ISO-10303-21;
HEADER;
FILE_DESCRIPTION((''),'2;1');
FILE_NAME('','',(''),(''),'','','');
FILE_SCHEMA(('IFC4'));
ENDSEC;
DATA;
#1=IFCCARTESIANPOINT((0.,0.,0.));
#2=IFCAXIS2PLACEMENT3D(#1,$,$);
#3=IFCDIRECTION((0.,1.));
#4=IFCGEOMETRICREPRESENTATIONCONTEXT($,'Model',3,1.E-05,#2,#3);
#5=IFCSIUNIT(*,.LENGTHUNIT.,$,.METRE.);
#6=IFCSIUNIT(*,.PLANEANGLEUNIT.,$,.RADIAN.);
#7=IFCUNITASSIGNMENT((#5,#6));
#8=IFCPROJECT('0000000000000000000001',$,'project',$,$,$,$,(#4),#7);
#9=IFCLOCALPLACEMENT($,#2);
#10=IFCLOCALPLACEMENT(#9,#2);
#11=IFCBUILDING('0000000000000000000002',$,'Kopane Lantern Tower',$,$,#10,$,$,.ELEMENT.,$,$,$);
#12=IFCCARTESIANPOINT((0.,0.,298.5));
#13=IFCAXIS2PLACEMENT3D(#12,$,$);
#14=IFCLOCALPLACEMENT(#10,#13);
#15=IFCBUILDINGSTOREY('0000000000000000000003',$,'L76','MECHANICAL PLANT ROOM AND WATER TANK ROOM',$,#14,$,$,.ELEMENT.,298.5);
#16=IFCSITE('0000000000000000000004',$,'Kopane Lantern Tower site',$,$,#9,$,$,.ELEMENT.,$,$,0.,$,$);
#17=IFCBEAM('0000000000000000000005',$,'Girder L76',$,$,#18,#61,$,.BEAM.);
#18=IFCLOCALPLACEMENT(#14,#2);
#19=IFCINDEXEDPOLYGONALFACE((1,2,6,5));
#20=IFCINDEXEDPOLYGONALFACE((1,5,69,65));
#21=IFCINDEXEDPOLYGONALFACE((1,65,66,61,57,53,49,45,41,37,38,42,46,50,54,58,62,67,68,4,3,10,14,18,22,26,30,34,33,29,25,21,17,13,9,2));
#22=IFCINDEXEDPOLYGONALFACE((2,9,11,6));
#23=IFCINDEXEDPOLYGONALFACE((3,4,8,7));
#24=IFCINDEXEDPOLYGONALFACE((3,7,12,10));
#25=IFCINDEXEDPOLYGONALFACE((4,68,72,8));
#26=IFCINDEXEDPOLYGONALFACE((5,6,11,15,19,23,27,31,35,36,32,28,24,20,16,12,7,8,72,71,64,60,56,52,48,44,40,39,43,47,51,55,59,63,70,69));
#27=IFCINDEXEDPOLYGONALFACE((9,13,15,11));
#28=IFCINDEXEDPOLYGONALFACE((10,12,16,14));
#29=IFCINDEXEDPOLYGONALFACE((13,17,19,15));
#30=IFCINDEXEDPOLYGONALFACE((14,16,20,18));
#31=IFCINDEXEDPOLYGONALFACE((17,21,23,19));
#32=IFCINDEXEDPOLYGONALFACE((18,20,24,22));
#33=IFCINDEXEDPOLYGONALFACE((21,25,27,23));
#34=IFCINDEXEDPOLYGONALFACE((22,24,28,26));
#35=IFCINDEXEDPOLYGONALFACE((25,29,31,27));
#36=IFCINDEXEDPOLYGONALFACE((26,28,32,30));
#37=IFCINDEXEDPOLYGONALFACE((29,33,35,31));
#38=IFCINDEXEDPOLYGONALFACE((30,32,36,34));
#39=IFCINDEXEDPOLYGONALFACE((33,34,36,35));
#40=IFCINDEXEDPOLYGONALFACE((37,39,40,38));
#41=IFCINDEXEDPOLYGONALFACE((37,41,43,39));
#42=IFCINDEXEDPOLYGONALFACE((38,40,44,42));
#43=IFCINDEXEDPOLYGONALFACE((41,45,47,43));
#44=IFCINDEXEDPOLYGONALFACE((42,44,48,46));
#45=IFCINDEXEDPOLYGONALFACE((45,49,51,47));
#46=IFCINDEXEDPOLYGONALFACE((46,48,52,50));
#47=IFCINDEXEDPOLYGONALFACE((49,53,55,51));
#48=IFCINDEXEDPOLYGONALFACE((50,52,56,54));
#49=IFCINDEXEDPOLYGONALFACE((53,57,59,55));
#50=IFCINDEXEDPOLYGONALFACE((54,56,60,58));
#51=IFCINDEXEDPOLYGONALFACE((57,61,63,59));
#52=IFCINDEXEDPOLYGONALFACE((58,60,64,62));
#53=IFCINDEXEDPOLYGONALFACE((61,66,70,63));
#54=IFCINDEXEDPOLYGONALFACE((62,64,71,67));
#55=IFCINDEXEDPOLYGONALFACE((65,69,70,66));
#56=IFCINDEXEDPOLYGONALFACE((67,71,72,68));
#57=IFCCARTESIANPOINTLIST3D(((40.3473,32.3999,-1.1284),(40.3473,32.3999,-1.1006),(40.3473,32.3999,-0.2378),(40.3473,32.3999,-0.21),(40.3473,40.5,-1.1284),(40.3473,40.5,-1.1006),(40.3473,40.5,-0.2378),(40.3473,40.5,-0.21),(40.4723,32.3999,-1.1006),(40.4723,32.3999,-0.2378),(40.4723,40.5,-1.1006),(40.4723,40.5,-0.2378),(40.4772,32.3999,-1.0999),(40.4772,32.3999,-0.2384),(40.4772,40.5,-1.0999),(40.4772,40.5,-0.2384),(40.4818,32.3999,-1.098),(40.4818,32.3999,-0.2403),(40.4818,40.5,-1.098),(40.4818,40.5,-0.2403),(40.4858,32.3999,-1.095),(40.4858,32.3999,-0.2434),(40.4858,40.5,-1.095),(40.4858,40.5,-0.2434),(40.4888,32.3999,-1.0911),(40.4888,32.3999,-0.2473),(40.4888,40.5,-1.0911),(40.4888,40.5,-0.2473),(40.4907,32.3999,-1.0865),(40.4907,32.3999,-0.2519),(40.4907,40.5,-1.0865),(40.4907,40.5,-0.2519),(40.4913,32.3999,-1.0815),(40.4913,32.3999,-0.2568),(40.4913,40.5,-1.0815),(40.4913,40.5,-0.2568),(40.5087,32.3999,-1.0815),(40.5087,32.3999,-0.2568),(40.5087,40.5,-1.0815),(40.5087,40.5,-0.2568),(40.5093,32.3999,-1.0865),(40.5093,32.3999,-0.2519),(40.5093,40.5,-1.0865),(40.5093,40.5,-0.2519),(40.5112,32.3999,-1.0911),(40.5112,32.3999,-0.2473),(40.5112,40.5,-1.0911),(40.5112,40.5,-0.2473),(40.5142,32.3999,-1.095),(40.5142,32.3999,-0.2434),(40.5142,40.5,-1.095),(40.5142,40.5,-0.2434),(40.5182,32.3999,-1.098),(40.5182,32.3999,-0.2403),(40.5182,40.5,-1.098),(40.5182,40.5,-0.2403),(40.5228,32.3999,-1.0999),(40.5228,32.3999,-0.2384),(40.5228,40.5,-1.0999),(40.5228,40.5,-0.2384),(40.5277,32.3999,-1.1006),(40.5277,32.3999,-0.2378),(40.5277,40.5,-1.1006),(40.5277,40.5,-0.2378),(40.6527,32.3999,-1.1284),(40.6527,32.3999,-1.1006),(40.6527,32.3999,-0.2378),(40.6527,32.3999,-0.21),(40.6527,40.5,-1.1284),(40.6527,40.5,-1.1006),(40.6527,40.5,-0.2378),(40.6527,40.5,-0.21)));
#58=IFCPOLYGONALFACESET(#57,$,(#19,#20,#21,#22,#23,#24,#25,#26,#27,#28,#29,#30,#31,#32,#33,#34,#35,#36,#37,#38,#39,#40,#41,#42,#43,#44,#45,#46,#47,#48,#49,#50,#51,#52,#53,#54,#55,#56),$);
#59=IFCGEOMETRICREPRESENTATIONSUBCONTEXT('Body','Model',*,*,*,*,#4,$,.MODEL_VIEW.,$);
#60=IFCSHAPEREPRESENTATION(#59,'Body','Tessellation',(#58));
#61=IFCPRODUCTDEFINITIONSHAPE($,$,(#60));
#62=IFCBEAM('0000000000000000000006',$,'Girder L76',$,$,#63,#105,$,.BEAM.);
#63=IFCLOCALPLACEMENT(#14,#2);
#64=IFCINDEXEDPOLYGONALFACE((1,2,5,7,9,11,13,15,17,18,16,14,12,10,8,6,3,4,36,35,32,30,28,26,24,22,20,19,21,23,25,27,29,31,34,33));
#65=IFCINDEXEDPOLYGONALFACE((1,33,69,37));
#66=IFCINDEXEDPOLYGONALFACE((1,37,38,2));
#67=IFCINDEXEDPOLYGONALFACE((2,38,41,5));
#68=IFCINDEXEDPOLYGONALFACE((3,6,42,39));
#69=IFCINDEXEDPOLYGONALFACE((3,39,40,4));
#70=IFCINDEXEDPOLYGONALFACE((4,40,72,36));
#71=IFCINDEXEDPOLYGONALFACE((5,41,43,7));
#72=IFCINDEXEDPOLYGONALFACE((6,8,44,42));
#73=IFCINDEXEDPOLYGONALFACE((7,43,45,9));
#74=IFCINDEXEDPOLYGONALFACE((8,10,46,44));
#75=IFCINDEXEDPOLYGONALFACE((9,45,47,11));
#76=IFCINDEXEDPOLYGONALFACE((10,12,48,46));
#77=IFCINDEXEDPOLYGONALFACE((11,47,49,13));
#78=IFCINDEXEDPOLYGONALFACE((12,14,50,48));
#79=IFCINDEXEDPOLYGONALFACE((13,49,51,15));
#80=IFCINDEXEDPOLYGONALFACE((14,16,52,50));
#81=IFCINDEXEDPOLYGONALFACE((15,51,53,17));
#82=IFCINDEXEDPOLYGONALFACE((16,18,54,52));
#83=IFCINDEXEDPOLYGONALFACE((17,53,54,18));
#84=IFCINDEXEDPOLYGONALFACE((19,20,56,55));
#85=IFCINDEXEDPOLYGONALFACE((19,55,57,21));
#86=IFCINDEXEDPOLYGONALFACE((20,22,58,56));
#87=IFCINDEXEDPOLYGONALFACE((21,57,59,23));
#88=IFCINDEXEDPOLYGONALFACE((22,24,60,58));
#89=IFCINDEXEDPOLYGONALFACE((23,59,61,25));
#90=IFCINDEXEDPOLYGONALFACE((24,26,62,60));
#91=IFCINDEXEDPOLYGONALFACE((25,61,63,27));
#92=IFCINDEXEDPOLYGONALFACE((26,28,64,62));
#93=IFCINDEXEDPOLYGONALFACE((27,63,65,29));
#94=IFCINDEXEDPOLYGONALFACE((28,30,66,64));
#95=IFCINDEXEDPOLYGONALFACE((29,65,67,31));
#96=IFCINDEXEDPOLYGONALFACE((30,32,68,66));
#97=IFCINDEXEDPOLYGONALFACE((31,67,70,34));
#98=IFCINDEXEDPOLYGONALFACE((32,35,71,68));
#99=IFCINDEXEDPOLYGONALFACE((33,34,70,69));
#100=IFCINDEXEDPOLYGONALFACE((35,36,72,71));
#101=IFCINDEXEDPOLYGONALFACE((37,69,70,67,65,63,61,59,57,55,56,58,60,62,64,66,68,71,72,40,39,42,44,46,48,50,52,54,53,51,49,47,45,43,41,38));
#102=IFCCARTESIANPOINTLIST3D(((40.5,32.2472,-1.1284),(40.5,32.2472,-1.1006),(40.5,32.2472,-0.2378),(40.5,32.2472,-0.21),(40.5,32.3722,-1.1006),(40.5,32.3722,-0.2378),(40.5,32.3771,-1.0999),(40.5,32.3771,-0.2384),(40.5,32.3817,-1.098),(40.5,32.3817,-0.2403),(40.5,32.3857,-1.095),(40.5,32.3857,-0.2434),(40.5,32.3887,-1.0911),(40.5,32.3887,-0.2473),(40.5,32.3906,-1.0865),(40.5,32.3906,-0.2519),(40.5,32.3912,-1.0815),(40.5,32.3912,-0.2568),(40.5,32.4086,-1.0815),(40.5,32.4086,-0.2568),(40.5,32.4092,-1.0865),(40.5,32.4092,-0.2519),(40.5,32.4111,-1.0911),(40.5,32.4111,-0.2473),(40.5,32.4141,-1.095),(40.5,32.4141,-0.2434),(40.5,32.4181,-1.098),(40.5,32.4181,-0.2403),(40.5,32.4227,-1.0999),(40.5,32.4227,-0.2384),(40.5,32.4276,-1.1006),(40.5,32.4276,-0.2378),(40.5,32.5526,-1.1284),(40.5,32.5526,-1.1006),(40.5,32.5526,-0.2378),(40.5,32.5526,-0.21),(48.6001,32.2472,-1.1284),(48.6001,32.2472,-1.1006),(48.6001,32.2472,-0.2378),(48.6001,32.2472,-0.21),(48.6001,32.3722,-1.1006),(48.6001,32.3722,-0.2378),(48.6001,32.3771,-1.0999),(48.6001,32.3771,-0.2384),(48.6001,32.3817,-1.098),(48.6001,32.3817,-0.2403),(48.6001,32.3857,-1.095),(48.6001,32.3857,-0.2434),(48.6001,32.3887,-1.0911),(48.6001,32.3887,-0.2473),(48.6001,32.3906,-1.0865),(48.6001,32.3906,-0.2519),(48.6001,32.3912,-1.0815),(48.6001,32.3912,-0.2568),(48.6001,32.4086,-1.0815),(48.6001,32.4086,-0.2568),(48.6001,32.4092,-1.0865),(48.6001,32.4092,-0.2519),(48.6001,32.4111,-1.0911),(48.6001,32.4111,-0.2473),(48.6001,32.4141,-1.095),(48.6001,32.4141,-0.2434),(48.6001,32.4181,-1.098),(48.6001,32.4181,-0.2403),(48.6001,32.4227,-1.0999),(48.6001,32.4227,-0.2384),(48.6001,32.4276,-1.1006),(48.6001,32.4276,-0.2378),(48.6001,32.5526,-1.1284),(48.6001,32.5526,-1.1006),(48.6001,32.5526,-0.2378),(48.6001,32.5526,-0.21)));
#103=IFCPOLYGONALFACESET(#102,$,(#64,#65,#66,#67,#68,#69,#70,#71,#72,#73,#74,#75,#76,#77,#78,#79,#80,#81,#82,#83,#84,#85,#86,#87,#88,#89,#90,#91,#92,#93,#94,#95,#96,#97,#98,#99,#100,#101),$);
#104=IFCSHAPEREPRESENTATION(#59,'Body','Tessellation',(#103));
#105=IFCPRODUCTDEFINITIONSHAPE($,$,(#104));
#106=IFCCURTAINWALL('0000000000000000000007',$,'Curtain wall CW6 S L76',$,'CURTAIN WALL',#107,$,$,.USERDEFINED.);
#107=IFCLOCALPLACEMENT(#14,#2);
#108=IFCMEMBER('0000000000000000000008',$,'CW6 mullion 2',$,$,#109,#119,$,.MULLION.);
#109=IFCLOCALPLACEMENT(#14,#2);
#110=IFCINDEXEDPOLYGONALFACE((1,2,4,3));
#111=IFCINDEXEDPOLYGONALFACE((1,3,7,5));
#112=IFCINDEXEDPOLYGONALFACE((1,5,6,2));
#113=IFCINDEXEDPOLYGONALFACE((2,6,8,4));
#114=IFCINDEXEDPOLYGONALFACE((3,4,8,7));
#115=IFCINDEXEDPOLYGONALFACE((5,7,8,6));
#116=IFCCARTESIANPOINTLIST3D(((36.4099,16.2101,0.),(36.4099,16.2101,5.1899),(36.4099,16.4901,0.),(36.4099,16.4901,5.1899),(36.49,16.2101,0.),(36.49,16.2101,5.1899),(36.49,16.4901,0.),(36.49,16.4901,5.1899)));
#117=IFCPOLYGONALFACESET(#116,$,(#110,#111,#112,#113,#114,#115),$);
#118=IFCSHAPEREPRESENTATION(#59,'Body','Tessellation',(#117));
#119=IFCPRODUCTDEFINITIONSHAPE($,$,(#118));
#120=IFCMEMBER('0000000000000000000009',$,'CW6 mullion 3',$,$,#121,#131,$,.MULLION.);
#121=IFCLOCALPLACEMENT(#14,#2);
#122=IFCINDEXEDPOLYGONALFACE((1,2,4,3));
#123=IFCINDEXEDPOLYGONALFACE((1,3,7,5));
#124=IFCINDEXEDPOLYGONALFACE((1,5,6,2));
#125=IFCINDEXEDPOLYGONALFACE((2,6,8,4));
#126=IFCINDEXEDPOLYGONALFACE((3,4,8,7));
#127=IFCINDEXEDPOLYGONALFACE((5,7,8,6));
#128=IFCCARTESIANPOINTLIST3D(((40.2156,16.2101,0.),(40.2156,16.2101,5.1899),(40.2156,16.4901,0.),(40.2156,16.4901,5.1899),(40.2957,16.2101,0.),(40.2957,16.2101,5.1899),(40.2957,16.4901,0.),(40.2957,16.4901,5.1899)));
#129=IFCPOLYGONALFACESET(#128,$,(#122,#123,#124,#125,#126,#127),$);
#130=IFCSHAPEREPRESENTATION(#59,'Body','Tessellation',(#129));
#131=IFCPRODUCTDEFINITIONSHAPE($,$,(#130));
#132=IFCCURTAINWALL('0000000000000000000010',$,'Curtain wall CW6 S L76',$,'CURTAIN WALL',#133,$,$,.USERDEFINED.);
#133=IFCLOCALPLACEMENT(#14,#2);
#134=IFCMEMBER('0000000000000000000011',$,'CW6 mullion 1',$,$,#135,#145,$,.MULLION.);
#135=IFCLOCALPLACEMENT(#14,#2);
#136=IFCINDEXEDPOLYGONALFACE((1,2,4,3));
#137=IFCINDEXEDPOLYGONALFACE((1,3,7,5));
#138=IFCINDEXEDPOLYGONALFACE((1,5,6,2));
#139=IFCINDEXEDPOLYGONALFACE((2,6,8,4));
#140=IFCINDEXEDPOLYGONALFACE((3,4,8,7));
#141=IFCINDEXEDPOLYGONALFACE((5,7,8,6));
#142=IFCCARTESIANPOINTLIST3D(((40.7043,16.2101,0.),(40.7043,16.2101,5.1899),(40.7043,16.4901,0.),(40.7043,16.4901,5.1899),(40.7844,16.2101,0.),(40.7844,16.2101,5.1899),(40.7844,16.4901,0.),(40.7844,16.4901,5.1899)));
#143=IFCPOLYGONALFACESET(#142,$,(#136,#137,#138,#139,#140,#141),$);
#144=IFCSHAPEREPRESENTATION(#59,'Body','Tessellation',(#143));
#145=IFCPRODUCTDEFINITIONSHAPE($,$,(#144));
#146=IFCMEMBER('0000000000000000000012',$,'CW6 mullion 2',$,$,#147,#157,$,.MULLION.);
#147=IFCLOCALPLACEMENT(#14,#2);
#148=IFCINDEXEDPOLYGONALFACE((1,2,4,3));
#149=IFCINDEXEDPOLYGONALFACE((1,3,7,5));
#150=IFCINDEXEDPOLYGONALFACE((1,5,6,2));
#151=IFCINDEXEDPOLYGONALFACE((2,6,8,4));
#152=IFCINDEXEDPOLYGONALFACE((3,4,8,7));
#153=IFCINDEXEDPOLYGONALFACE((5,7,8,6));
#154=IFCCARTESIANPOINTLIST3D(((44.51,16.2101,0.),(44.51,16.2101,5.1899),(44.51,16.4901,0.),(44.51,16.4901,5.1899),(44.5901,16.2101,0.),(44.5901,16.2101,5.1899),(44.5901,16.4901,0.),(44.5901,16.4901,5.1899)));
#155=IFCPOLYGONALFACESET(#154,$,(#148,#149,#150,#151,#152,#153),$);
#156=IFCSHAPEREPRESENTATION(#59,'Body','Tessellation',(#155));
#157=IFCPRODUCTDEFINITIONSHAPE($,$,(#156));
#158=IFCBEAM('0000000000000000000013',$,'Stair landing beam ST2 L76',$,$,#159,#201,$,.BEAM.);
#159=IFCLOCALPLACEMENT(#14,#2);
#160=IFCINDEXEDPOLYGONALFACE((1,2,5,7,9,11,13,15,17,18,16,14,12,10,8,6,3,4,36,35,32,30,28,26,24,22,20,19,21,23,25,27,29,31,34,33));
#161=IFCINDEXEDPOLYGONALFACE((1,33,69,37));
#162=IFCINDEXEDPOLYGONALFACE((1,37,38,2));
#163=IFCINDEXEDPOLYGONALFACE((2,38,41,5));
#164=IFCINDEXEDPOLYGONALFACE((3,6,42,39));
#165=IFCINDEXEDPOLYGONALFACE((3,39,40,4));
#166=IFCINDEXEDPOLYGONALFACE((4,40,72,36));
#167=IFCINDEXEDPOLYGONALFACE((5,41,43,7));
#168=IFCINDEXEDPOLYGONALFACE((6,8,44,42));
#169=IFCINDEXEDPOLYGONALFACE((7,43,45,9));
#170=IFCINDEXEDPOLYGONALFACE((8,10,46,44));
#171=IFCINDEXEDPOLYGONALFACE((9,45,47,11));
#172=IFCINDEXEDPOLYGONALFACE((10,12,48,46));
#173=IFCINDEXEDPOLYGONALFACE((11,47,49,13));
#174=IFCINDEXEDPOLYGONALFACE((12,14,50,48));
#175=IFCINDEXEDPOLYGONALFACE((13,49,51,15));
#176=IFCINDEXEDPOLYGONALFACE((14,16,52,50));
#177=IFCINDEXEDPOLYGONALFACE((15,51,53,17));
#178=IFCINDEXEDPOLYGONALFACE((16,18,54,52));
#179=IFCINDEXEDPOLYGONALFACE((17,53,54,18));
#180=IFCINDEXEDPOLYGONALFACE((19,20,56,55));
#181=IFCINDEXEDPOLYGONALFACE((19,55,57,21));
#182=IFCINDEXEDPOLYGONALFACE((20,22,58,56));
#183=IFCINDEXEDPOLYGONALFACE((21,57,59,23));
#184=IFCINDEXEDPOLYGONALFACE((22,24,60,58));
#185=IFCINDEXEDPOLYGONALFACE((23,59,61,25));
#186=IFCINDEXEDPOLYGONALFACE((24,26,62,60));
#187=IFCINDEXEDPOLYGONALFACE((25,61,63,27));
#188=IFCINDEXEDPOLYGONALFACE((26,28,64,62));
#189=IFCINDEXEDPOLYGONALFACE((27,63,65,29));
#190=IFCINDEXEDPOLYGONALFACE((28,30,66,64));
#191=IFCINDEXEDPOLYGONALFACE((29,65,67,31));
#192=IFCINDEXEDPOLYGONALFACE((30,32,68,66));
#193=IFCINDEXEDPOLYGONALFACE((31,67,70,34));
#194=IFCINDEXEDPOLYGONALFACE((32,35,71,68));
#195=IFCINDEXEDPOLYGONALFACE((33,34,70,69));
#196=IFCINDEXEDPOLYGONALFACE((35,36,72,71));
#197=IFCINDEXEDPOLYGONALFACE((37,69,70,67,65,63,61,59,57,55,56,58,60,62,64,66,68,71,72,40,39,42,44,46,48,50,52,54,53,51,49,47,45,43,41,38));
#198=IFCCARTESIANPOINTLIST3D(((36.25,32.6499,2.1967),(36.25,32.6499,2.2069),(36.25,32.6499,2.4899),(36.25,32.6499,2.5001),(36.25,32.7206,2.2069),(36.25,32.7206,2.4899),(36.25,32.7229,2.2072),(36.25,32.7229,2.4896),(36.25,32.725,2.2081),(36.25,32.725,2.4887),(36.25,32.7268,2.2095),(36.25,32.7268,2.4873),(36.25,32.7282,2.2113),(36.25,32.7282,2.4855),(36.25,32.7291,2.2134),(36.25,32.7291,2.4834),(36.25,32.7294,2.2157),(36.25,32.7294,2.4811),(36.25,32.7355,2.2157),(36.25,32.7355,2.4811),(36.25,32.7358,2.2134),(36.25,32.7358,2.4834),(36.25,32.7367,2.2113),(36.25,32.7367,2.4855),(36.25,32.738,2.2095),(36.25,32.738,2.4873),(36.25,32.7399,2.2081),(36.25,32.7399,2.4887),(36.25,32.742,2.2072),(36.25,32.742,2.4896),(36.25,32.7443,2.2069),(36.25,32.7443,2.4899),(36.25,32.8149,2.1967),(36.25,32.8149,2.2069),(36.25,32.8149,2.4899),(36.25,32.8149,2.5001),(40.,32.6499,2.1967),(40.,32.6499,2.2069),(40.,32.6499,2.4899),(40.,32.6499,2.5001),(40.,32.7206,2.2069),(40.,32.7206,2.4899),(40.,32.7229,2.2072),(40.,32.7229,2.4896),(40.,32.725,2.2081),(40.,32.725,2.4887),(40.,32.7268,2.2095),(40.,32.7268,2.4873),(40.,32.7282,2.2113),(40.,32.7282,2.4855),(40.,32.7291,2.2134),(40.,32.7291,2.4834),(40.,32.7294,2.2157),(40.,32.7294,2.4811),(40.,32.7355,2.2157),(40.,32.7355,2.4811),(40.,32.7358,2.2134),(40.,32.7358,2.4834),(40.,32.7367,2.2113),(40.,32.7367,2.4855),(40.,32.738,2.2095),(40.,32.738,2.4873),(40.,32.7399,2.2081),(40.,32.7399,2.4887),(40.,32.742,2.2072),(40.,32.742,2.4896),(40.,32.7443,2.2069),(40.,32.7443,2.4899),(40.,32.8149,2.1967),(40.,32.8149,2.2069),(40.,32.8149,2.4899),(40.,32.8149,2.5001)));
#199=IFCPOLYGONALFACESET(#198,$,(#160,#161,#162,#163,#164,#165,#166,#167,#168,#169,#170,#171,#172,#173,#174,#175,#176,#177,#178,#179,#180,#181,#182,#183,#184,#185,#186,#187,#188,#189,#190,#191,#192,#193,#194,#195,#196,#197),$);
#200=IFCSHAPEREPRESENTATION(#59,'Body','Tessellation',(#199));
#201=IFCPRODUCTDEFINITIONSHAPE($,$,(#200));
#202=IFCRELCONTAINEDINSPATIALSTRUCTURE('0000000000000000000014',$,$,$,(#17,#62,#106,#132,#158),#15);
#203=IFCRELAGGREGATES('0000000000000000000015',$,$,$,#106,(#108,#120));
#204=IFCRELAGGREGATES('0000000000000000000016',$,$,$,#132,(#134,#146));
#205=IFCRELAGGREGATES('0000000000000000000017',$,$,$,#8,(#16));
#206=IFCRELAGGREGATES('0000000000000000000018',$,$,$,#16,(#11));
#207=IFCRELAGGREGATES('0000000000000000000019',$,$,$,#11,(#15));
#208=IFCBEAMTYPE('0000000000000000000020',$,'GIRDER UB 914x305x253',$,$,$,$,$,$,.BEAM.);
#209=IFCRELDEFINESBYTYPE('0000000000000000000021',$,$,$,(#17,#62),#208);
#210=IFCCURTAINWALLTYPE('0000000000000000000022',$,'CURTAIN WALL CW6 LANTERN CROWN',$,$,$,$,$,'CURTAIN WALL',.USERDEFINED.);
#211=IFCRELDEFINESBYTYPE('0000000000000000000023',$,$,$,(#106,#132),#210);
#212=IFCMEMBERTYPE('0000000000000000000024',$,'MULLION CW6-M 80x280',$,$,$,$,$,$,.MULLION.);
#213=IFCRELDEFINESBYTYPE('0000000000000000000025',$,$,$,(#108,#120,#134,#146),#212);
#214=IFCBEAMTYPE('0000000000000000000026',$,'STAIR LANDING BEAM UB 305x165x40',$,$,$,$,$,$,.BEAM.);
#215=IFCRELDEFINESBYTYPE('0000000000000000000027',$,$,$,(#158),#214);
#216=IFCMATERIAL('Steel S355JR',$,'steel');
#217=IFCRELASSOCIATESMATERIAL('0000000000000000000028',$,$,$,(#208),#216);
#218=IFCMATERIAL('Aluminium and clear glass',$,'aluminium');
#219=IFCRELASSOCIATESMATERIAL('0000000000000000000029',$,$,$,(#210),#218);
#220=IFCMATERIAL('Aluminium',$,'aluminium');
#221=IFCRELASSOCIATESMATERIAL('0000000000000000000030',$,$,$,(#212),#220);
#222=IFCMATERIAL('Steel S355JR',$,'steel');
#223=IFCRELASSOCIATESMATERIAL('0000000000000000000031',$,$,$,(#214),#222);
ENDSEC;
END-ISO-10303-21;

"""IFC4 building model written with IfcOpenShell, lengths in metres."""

from ifc_helpers import new_model, si_unit, direction, frame, origin, origin_2d, place, context, subcontext, project, spatial, rectangle, i_section, extrude, material, material_profile, profile_set, type_object, element, aggregate, save


model = new_model("IFC4")

# Units and contexts
model_context = context("Model", 3, precision=1e-05, world=origin(), true_north=direction((0.0, 1.0)))
body_context = subcontext(model_context, "Body", "Model", "MODEL_VIEW")
ifc_project = project(units=[si_unit("LENGTHUNIT", "METRE"), si_unit("PLANEANGLEUNIT", "RADIAN")], contexts=[model_context])

# Site, building, storey
site_placement = place(None, origin())
site = spatial("IfcSite", under=ifc_project, at=site_placement, Name="Kopane Lantern Tower site", CompositionType="ELEMENT", RefElevation=0.0)
building_placement = place(site_placement, origin())
building = spatial("IfcBuilding", under=site, at=building_placement, Name="Kopane Lantern Tower", CompositionType="ELEMENT")
storey_placement = place(building_placement, frame((0.0, 0.0, 298.5)))
storey = spatial("IfcBuildingStorey", under=building, at=storey_placement, Name="L76", Description="MECHANICAL PLANT ROOM AND WATER TANK ROOM", CompositionType="ELEMENT", Elevation=298.5)

# Beams
ifc_material_1 = material(Name="Steel S355JR", Category="steel")
ifc_material_profile_1 = material_profile(ifc_material_1, i_section(OverallWidth=0.3054, OverallDepth=0.9185, WebThickness=0.0173, FlangeThickness=0.0278, FilletRadius=0.019, at=origin_2d()), Name="UB 914x305x253")
ifc_profile_set_1 = profile_set([ifc_material_profile_1], Name="Steel S355JR")
beam_type_1 = type_object("IfcBeamType", Name="GIRDER UB 914x305x253", PredefinedType="BEAM", material=ifc_profile_set_1)
for number, where, z_axis, x_axis, name in (
    (1, (40.5, 32.3999, -0.6692), (0.0, 1.0, 0.0), (-1.0, 0.0, 0.0), "Girder L76"),
    (2, (40.5, 32.3999, -0.6692), (1.0, 0.0, 0.0), (0.0, 1.0, 0.0), "Girder L76"),
):
    element("IfcBeam", number, at=place(storey_placement, frame(where, z_axis=z_axis, x_axis=x_axis)), inside=storey, type_object=beam_type_1, Name=name, PredefinedType="BEAM", context=body_context, shape_type="SweptSolid", body=[
        extrude(i_section(OverallWidth=0.3054, OverallDepth=0.9185, WebThickness=0.0173, FlangeThickness=0.0278, FilletRadius=0.019, at=origin_2d()), origin(), (0.0, 0.0, 1.0), 8.1001),
    ])

# Curtain walls, members
ifc_material_2 = material(Name="Aluminium and clear glass", Category="aluminium")
curtain_wall_type = type_object("IfcCurtainWallType", Name="CURTAIN WALL CW6 LANTERN CROWN", ElementType="CURTAIN WALL", PredefinedType="USERDEFINED", material=ifc_material_2)
curtain_wall_1_placement = place(storey_placement, origin())
curtain_wall_1 = element("IfcCurtainWall", 3, at=curtain_wall_1_placement, inside=storey, type_object=curtain_wall_type, Name="Curtain wall CW6 S L76", ObjectType="CURTAIN WALL", PredefinedType="USERDEFINED")
ifc_material_3 = material(Name="Aluminium", Category="aluminium")
ifc_material_profile_2 = material_profile(ifc_material_3, rectangle(XDim=0.0801, YDim=0.28, at=origin_2d()), Name="AL 80x280")
ifc_profile_set_2 = profile_set([ifc_material_profile_2], Name="Aluminium")
member_type_1 = type_object("IfcMemberType", Name="MULLION CW6-M 80x280", PredefinedType="MULLION", material=ifc_profile_set_2)
member_1_placement = place(storey_placement, frame((36.45, 16.3501, 0.0), z_axis=(0.0, 0.0, 1.0), x_axis=(1.0, 0.0, 0.0)))
member_1 = element("IfcMember", 4, at=member_1_placement, type_object=member_type_1, Name="CW6 mullion 2", PredefinedType="MULLION", context=body_context, shape_type="SweptSolid", body=[
    extrude(rectangle(XDim=0.0801, YDim=0.28, at=origin_2d()), origin(), (0.0, 0.0, 1.0), 5.1899),
])
member_2_placement = place(storey_placement, frame((40.2556, 16.3501, 0.0), z_axis=(0.0, 0.0, 1.0), x_axis=(1.0, 0.0, 0.0)))
member_2 = element("IfcMember", 5, at=member_2_placement, type_object=member_type_1, Name="CW6 mullion 3", PredefinedType="MULLION", context=body_context, shape_type="SweptSolid", body=[
    extrude(rectangle(XDim=0.0801, YDim=0.28, at=origin_2d()), origin(), (0.0, 0.0, 1.0), 5.1899),
])
curtain_wall_2_placement = place(storey_placement, origin())
curtain_wall_2 = element("IfcCurtainWall", 6, at=curtain_wall_2_placement, inside=storey, type_object=curtain_wall_type, Name="Curtain wall CW6 S L76", ObjectType="CURTAIN WALL", PredefinedType="USERDEFINED")
member_3_placement = place(storey_placement, frame((40.7444, 16.3501, 0.0), z_axis=(0.0, 0.0, 1.0), x_axis=(1.0, 0.0, 0.0)))
member_3 = element("IfcMember", 7, at=member_3_placement, type_object=member_type_1, Name="CW6 mullion 1", PredefinedType="MULLION", context=body_context, shape_type="SweptSolid", body=[
    extrude(rectangle(XDim=0.0801, YDim=0.28, at=origin_2d()), origin(), (0.0, 0.0, 1.0), 5.1899),
])
member_4_placement = place(storey_placement, frame((44.55, 16.3501, 0.0), z_axis=(0.0, 0.0, 1.0), x_axis=(1.0, 0.0, 0.0)))
member_4 = element("IfcMember", 8, at=member_4_placement, type_object=member_type_1, Name="CW6 mullion 2", PredefinedType="MULLION", context=body_context, shape_type="SweptSolid", body=[
    extrude(rectangle(XDim=0.0801, YDim=0.28, at=origin_2d()), origin(), (0.0, 0.0, 1.0), 5.1899),
])

# Beam
ifc_material_4 = material(Name="Steel S355JR", Category="steel")
ifc_material_profile_3 = material_profile(ifc_material_4, i_section(OverallWidth=0.165, OverallDepth=0.3035, WebThickness=0.0061, FlangeThickness=0.0103, FilletRadius=0.0088, at=origin_2d()), Name="UB 305x165x40")
ifc_profile_set_3 = profile_set([ifc_material_profile_3], Name="Steel S355JR")
beam_type_2 = type_object("IfcBeamType", Name="STAIR LANDING BEAM UB 305x165x40", PredefinedType="BEAM", material=ifc_profile_set_3)
beam_1_placement = place(storey_placement, frame((40.0, 32.7324, 2.3484), z_axis=(-1.0, 0.0, 0.0), x_axis=(0.0, -1.0, 0.0)))
element("IfcBeam", 9, at=beam_1_placement, inside=storey, type_object=beam_type_2, Name="Stair landing beam ST2 L76", PredefinedType="BEAM", context=body_context, shape_type="SweptSolid", body=[
    extrude(i_section(OverallWidth=0.165, OverallDepth=0.3035, WebThickness=0.0061, FlangeThickness=0.0103, FilletRadius=0.0088, at=origin_2d()), origin(), (0.0, 0.0, 1.0), 3.75),
])

aggregate(curtain_wall_1, [member_1, member_2])
aggregate(curtain_wall_2, [member_3, member_4])

save(model, "model.ifc")
